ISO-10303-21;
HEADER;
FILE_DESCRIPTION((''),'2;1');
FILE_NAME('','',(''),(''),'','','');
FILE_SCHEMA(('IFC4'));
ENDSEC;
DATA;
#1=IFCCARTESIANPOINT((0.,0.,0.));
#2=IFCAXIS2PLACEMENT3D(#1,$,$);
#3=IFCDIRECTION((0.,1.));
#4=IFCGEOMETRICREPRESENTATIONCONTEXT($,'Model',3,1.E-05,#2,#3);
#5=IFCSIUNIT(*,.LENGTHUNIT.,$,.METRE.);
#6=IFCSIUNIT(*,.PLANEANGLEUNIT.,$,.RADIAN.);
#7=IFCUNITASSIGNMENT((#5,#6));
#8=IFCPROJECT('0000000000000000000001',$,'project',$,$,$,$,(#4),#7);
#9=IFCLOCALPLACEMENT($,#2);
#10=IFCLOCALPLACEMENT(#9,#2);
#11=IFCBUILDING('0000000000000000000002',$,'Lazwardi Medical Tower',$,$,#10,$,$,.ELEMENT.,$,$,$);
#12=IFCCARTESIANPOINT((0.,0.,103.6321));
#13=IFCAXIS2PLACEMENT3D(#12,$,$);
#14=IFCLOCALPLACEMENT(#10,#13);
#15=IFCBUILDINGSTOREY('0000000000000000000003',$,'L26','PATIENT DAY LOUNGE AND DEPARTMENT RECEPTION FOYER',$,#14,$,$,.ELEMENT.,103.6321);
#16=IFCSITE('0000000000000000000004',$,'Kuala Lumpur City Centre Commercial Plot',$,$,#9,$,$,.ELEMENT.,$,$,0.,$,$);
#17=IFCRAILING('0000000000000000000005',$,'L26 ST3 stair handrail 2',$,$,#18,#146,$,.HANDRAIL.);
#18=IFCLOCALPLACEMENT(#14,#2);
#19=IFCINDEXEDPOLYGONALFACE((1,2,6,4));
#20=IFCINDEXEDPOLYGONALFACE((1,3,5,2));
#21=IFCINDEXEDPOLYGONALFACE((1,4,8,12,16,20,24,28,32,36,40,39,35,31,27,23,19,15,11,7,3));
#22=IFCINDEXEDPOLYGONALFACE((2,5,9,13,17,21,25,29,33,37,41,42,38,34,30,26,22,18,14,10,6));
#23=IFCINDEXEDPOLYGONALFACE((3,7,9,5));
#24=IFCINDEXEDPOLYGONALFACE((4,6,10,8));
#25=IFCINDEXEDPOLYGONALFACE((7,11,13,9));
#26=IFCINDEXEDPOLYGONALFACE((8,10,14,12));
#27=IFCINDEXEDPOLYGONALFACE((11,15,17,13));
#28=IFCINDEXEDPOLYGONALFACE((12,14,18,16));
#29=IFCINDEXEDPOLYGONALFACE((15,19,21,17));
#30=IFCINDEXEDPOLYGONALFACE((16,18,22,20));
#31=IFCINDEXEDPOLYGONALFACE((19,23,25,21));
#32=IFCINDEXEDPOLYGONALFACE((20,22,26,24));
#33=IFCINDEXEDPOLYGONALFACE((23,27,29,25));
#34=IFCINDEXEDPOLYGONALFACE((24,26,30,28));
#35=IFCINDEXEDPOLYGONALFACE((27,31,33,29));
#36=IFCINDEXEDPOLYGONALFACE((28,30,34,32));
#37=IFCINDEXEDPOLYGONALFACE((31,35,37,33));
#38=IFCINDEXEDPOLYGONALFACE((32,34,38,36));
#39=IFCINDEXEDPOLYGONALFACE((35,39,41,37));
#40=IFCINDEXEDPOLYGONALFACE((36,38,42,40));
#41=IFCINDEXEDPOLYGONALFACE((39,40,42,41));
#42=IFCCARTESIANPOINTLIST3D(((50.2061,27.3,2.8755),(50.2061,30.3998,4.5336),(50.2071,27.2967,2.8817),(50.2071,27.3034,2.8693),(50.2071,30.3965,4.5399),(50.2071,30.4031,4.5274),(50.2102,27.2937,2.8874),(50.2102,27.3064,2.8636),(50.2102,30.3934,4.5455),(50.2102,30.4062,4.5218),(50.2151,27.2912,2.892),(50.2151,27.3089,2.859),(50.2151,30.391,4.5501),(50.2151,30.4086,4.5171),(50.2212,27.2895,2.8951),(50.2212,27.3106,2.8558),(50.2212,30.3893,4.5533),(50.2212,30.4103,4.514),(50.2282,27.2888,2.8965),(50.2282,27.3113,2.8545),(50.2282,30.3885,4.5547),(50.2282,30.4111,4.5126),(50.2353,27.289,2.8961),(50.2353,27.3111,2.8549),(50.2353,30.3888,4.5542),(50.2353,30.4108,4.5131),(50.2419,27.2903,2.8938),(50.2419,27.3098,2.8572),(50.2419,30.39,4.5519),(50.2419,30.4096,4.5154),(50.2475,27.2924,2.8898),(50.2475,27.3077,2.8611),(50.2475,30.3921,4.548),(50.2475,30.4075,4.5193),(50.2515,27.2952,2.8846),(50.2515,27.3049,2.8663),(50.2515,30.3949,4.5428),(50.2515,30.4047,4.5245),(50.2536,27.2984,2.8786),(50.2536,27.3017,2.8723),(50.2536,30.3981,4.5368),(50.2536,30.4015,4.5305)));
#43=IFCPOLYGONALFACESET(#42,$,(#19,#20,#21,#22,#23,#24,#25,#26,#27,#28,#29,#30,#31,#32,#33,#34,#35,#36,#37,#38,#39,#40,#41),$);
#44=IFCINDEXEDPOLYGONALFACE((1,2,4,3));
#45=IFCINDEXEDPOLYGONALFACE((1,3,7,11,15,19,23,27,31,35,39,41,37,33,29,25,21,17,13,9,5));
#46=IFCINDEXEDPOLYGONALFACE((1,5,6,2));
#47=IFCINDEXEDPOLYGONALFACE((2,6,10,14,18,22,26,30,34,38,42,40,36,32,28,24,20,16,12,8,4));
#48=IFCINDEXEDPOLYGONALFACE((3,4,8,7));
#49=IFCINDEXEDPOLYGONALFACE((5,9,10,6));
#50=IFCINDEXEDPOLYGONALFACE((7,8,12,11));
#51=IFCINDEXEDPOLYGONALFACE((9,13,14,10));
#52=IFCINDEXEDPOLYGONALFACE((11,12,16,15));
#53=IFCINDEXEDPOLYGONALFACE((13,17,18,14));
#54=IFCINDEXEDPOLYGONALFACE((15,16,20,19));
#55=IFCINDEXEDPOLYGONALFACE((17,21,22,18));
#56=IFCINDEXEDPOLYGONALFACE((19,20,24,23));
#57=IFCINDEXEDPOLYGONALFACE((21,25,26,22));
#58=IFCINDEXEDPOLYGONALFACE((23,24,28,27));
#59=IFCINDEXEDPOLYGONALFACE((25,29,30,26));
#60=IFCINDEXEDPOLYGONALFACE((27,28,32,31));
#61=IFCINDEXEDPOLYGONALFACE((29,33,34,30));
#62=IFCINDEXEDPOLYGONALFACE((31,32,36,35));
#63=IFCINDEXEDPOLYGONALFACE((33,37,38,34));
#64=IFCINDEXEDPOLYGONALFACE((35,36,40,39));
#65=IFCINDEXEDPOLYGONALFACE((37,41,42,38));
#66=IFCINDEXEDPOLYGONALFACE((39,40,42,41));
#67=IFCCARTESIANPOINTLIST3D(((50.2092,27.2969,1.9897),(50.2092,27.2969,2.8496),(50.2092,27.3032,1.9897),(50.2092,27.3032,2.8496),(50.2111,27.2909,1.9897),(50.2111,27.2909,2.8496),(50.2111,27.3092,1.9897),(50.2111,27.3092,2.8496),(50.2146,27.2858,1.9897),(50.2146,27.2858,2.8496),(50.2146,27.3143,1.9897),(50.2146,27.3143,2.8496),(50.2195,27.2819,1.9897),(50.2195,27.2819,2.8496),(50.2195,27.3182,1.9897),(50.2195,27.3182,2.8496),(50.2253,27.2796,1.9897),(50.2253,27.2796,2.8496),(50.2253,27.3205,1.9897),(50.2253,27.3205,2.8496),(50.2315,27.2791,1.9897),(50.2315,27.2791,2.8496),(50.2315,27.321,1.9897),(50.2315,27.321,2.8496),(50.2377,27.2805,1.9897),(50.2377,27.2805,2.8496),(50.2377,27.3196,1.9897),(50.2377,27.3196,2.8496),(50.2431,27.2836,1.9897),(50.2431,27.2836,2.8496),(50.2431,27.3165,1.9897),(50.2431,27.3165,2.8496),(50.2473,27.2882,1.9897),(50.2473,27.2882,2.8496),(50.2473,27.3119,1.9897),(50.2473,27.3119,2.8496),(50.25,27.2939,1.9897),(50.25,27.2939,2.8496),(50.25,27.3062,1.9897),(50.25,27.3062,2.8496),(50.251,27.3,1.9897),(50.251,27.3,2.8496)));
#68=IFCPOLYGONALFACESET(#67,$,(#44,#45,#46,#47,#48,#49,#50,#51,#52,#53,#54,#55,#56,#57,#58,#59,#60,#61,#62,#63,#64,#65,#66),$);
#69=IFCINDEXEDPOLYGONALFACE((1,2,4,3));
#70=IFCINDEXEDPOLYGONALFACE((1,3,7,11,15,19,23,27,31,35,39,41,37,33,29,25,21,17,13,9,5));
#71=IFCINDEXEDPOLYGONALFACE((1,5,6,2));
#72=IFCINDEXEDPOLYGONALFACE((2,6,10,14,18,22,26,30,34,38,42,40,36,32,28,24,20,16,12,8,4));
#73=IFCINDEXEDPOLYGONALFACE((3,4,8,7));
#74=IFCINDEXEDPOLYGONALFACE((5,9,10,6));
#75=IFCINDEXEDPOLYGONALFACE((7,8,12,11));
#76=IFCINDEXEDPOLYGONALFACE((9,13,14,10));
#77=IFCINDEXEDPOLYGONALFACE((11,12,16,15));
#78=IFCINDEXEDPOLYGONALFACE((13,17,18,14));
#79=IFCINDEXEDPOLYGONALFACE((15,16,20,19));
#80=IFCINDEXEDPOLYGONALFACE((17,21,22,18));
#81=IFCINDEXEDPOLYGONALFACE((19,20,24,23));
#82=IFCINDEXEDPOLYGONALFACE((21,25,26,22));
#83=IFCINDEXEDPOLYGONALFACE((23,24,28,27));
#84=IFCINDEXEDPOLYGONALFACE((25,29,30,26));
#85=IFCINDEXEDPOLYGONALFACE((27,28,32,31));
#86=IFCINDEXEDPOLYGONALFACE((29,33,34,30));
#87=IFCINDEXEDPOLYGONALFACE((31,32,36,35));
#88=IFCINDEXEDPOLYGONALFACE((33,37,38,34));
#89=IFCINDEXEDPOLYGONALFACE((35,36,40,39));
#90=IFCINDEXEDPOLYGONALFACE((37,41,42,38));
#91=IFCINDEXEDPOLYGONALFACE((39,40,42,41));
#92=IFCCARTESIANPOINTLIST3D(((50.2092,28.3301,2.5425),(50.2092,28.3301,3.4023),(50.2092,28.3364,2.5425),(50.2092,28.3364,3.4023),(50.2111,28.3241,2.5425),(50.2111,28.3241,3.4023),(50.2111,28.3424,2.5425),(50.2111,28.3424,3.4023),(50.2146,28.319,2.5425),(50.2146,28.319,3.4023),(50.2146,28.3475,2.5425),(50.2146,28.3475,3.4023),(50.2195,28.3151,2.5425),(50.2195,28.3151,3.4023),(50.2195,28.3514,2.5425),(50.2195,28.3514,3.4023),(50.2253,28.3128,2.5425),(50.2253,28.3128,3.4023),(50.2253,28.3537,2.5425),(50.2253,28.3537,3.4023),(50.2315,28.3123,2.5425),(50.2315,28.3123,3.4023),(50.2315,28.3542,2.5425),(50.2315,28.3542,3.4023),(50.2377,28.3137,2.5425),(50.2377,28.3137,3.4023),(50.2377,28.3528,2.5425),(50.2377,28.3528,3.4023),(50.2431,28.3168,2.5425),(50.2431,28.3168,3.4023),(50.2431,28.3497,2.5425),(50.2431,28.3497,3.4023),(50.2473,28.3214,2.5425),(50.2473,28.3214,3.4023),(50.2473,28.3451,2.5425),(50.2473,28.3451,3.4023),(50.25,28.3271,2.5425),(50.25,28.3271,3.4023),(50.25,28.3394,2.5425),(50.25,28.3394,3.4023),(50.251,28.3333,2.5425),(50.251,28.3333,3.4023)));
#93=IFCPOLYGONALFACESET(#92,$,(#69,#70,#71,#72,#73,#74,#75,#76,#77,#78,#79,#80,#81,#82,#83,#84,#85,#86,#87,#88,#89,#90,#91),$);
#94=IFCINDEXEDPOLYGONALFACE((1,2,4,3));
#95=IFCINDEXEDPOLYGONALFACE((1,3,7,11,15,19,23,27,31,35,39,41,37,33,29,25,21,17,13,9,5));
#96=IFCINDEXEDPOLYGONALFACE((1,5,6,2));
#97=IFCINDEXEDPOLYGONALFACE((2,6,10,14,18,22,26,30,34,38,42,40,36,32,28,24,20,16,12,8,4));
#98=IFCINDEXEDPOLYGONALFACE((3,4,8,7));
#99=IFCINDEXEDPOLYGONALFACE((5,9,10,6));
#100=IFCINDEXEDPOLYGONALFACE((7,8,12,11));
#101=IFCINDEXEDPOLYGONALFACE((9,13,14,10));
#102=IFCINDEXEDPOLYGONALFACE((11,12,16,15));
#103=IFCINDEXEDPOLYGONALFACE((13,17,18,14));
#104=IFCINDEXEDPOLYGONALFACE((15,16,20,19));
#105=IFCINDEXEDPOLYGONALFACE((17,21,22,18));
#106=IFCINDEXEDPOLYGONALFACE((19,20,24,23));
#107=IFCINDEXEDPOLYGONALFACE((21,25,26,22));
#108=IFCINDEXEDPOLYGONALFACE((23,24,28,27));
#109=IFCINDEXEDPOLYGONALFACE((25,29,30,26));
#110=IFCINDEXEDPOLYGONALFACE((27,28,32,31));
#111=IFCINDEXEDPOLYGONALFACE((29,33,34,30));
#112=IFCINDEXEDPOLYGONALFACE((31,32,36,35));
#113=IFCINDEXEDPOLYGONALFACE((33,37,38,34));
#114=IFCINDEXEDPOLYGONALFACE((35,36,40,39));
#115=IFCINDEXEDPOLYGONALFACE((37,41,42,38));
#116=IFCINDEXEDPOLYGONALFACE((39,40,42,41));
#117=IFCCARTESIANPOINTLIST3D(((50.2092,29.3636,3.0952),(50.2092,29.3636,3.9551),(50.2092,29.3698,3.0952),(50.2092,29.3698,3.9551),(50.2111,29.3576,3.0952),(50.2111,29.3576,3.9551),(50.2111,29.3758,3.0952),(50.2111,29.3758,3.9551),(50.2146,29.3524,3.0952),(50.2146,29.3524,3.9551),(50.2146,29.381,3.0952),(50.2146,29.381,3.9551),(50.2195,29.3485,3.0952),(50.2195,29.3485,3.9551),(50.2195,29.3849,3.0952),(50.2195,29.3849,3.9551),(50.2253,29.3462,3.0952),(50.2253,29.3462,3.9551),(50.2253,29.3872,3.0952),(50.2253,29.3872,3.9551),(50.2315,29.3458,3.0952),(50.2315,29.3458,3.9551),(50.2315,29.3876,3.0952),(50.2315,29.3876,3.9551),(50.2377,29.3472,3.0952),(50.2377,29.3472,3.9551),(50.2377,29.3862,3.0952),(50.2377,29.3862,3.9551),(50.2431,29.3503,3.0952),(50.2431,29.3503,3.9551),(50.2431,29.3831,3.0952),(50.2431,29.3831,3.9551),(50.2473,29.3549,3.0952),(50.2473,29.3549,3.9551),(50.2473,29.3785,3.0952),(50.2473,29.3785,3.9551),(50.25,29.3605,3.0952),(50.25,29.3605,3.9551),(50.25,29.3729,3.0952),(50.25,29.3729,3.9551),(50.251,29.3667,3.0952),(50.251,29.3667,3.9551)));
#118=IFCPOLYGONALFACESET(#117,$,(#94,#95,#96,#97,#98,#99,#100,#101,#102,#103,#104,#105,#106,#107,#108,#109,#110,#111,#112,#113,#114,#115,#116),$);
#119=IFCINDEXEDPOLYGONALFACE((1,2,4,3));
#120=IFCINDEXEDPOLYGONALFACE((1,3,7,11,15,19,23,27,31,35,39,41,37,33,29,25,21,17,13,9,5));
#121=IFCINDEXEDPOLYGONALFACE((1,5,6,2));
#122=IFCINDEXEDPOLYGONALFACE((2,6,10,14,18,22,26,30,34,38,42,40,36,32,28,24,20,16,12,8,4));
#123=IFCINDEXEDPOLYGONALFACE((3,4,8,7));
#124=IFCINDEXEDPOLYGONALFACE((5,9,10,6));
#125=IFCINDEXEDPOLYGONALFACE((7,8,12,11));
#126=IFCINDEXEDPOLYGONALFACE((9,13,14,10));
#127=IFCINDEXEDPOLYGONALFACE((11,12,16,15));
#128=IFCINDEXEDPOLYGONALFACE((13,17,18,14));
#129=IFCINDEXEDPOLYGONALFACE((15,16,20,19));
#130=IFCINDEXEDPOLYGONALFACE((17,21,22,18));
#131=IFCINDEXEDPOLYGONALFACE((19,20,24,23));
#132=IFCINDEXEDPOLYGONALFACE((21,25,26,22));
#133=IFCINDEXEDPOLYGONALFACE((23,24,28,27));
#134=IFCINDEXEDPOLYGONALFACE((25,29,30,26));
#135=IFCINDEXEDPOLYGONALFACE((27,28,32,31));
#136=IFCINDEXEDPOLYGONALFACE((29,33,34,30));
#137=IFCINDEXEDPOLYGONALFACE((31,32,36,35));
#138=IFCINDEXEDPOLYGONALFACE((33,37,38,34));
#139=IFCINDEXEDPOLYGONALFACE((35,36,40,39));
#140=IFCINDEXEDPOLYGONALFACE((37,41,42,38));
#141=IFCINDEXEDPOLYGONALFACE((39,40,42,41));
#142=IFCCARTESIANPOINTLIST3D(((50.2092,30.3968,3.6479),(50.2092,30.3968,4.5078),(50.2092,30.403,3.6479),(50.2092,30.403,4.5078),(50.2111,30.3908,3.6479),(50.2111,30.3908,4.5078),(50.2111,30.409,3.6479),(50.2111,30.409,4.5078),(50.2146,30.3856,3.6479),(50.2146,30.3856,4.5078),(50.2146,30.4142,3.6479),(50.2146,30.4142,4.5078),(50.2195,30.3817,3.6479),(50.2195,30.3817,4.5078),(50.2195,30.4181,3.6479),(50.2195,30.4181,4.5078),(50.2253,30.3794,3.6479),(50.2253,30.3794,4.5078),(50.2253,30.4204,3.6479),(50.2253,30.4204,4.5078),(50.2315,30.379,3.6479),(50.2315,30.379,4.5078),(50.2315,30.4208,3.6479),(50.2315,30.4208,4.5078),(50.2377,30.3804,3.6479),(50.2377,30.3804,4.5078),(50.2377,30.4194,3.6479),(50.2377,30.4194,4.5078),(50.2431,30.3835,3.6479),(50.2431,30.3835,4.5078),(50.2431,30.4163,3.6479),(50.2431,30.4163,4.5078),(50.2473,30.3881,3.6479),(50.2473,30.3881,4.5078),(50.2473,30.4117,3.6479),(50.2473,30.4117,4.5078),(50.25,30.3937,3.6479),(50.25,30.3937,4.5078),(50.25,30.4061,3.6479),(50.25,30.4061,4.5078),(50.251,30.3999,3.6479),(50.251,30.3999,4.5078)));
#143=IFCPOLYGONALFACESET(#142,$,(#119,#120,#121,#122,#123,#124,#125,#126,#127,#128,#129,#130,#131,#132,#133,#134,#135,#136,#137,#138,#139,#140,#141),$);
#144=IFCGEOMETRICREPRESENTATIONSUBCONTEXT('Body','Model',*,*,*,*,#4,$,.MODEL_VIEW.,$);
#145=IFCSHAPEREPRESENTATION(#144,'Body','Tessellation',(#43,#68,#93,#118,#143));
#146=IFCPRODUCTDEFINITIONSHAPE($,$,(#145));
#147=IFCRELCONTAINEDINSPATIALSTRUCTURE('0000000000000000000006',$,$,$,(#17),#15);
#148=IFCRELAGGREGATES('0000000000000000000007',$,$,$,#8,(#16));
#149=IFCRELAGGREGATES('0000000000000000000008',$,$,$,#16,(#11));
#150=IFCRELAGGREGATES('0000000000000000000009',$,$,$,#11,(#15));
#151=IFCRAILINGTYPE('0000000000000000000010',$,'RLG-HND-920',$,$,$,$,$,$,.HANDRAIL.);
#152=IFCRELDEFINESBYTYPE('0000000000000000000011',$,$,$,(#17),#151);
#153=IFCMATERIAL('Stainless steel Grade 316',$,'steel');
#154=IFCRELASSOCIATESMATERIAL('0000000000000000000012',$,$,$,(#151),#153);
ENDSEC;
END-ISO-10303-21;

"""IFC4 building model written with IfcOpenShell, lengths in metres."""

from ifc_helpers import new_model, si_unit, direction, frame, origin, origin_2d, place, context, subcontext, project, spatial, circle, extrude, material, type_object, element, save


model = new_model("IFC4")

# Units and contexts
model_context = context("Model", 3, precision=1e-05, world=origin(), true_north=direction((0.0, 1.0)))
body_context = subcontext(model_context, "Body", "Model", "MODEL_VIEW")
ifc_project = project(units=[si_unit("LENGTHUNIT", "METRE"), si_unit("PLANEANGLEUNIT", "RADIAN")], contexts=[model_context])

# Site, building, storey
site_placement = place(None, origin())
site = spatial("IfcSite", under=ifc_project, at=site_placement, Name="Kuala Lumpur City Centre Commercial Plot", CompositionType="ELEMENT", RefElevation=0.0)
building_placement = place(site_placement, origin())
building = spatial("IfcBuilding", under=site, at=building_placement, Name="Lazwardi Medical Tower", CompositionType="ELEMENT")
storey_placement = place(building_placement, frame((0.0, 0.0, 103.6321)))
storey = spatial("IfcBuildingStorey", under=building, at=storey_placement, Name="L26", Description="PATIENT DAY LOUNGE AND DEPARTMENT RECEPTION FOYER", CompositionType="ELEMENT", Elevation=103.6321)

# Railing
ifc_material_1 = material(Name="Stainless steel Grade 316", Category="steel")
railing_type_1 = type_object("IfcRailingType", Name="RLG-HND-920", PredefinedType="HANDRAIL", material=ifc_material_1)
railing_1_placement = place(storey_placement, frame((50.23, 27.3, 1.9897)))
element("IfcRailing", 1, at=railing_1_placement, inside=storey, type_object=railing_type_1, Name="L26 ST3 stair handrail 2", PredefinedType="HANDRAIL", context=body_context, shape_type="SweptSolid", body=[
    extrude(circle(Radius=0.0239, at=origin_2d()), frame((0.0, 0.0, 0.8857), z_axis=(0.0, 0.881768, 0.471684), x_axis=(-1.0, 0.0, 0.0)), (0.0, 0.0, 1.0), 3.5154),
    extrude(circle(Radius=0.021, at=origin_2d()), origin(), (0.0, 0.0, 1.0), 0.8599),
    extrude(circle(Radius=0.021, at=origin_2d()), frame((0.0, 1.0332, 0.5527)), (0.0, 0.0, 1.0), 0.8599),
    extrude(circle(Radius=0.021, at=origin_2d()), frame((0.0, 2.0667, 1.1055)), (0.0, 0.0, 1.0), 0.8599),
    extrude(circle(Radius=0.021, at=origin_2d()), frame((0.0, 3.0999, 1.6582)), (0.0, 0.0, 1.0), 0.8599),
])

save(model, "model.ifc")
